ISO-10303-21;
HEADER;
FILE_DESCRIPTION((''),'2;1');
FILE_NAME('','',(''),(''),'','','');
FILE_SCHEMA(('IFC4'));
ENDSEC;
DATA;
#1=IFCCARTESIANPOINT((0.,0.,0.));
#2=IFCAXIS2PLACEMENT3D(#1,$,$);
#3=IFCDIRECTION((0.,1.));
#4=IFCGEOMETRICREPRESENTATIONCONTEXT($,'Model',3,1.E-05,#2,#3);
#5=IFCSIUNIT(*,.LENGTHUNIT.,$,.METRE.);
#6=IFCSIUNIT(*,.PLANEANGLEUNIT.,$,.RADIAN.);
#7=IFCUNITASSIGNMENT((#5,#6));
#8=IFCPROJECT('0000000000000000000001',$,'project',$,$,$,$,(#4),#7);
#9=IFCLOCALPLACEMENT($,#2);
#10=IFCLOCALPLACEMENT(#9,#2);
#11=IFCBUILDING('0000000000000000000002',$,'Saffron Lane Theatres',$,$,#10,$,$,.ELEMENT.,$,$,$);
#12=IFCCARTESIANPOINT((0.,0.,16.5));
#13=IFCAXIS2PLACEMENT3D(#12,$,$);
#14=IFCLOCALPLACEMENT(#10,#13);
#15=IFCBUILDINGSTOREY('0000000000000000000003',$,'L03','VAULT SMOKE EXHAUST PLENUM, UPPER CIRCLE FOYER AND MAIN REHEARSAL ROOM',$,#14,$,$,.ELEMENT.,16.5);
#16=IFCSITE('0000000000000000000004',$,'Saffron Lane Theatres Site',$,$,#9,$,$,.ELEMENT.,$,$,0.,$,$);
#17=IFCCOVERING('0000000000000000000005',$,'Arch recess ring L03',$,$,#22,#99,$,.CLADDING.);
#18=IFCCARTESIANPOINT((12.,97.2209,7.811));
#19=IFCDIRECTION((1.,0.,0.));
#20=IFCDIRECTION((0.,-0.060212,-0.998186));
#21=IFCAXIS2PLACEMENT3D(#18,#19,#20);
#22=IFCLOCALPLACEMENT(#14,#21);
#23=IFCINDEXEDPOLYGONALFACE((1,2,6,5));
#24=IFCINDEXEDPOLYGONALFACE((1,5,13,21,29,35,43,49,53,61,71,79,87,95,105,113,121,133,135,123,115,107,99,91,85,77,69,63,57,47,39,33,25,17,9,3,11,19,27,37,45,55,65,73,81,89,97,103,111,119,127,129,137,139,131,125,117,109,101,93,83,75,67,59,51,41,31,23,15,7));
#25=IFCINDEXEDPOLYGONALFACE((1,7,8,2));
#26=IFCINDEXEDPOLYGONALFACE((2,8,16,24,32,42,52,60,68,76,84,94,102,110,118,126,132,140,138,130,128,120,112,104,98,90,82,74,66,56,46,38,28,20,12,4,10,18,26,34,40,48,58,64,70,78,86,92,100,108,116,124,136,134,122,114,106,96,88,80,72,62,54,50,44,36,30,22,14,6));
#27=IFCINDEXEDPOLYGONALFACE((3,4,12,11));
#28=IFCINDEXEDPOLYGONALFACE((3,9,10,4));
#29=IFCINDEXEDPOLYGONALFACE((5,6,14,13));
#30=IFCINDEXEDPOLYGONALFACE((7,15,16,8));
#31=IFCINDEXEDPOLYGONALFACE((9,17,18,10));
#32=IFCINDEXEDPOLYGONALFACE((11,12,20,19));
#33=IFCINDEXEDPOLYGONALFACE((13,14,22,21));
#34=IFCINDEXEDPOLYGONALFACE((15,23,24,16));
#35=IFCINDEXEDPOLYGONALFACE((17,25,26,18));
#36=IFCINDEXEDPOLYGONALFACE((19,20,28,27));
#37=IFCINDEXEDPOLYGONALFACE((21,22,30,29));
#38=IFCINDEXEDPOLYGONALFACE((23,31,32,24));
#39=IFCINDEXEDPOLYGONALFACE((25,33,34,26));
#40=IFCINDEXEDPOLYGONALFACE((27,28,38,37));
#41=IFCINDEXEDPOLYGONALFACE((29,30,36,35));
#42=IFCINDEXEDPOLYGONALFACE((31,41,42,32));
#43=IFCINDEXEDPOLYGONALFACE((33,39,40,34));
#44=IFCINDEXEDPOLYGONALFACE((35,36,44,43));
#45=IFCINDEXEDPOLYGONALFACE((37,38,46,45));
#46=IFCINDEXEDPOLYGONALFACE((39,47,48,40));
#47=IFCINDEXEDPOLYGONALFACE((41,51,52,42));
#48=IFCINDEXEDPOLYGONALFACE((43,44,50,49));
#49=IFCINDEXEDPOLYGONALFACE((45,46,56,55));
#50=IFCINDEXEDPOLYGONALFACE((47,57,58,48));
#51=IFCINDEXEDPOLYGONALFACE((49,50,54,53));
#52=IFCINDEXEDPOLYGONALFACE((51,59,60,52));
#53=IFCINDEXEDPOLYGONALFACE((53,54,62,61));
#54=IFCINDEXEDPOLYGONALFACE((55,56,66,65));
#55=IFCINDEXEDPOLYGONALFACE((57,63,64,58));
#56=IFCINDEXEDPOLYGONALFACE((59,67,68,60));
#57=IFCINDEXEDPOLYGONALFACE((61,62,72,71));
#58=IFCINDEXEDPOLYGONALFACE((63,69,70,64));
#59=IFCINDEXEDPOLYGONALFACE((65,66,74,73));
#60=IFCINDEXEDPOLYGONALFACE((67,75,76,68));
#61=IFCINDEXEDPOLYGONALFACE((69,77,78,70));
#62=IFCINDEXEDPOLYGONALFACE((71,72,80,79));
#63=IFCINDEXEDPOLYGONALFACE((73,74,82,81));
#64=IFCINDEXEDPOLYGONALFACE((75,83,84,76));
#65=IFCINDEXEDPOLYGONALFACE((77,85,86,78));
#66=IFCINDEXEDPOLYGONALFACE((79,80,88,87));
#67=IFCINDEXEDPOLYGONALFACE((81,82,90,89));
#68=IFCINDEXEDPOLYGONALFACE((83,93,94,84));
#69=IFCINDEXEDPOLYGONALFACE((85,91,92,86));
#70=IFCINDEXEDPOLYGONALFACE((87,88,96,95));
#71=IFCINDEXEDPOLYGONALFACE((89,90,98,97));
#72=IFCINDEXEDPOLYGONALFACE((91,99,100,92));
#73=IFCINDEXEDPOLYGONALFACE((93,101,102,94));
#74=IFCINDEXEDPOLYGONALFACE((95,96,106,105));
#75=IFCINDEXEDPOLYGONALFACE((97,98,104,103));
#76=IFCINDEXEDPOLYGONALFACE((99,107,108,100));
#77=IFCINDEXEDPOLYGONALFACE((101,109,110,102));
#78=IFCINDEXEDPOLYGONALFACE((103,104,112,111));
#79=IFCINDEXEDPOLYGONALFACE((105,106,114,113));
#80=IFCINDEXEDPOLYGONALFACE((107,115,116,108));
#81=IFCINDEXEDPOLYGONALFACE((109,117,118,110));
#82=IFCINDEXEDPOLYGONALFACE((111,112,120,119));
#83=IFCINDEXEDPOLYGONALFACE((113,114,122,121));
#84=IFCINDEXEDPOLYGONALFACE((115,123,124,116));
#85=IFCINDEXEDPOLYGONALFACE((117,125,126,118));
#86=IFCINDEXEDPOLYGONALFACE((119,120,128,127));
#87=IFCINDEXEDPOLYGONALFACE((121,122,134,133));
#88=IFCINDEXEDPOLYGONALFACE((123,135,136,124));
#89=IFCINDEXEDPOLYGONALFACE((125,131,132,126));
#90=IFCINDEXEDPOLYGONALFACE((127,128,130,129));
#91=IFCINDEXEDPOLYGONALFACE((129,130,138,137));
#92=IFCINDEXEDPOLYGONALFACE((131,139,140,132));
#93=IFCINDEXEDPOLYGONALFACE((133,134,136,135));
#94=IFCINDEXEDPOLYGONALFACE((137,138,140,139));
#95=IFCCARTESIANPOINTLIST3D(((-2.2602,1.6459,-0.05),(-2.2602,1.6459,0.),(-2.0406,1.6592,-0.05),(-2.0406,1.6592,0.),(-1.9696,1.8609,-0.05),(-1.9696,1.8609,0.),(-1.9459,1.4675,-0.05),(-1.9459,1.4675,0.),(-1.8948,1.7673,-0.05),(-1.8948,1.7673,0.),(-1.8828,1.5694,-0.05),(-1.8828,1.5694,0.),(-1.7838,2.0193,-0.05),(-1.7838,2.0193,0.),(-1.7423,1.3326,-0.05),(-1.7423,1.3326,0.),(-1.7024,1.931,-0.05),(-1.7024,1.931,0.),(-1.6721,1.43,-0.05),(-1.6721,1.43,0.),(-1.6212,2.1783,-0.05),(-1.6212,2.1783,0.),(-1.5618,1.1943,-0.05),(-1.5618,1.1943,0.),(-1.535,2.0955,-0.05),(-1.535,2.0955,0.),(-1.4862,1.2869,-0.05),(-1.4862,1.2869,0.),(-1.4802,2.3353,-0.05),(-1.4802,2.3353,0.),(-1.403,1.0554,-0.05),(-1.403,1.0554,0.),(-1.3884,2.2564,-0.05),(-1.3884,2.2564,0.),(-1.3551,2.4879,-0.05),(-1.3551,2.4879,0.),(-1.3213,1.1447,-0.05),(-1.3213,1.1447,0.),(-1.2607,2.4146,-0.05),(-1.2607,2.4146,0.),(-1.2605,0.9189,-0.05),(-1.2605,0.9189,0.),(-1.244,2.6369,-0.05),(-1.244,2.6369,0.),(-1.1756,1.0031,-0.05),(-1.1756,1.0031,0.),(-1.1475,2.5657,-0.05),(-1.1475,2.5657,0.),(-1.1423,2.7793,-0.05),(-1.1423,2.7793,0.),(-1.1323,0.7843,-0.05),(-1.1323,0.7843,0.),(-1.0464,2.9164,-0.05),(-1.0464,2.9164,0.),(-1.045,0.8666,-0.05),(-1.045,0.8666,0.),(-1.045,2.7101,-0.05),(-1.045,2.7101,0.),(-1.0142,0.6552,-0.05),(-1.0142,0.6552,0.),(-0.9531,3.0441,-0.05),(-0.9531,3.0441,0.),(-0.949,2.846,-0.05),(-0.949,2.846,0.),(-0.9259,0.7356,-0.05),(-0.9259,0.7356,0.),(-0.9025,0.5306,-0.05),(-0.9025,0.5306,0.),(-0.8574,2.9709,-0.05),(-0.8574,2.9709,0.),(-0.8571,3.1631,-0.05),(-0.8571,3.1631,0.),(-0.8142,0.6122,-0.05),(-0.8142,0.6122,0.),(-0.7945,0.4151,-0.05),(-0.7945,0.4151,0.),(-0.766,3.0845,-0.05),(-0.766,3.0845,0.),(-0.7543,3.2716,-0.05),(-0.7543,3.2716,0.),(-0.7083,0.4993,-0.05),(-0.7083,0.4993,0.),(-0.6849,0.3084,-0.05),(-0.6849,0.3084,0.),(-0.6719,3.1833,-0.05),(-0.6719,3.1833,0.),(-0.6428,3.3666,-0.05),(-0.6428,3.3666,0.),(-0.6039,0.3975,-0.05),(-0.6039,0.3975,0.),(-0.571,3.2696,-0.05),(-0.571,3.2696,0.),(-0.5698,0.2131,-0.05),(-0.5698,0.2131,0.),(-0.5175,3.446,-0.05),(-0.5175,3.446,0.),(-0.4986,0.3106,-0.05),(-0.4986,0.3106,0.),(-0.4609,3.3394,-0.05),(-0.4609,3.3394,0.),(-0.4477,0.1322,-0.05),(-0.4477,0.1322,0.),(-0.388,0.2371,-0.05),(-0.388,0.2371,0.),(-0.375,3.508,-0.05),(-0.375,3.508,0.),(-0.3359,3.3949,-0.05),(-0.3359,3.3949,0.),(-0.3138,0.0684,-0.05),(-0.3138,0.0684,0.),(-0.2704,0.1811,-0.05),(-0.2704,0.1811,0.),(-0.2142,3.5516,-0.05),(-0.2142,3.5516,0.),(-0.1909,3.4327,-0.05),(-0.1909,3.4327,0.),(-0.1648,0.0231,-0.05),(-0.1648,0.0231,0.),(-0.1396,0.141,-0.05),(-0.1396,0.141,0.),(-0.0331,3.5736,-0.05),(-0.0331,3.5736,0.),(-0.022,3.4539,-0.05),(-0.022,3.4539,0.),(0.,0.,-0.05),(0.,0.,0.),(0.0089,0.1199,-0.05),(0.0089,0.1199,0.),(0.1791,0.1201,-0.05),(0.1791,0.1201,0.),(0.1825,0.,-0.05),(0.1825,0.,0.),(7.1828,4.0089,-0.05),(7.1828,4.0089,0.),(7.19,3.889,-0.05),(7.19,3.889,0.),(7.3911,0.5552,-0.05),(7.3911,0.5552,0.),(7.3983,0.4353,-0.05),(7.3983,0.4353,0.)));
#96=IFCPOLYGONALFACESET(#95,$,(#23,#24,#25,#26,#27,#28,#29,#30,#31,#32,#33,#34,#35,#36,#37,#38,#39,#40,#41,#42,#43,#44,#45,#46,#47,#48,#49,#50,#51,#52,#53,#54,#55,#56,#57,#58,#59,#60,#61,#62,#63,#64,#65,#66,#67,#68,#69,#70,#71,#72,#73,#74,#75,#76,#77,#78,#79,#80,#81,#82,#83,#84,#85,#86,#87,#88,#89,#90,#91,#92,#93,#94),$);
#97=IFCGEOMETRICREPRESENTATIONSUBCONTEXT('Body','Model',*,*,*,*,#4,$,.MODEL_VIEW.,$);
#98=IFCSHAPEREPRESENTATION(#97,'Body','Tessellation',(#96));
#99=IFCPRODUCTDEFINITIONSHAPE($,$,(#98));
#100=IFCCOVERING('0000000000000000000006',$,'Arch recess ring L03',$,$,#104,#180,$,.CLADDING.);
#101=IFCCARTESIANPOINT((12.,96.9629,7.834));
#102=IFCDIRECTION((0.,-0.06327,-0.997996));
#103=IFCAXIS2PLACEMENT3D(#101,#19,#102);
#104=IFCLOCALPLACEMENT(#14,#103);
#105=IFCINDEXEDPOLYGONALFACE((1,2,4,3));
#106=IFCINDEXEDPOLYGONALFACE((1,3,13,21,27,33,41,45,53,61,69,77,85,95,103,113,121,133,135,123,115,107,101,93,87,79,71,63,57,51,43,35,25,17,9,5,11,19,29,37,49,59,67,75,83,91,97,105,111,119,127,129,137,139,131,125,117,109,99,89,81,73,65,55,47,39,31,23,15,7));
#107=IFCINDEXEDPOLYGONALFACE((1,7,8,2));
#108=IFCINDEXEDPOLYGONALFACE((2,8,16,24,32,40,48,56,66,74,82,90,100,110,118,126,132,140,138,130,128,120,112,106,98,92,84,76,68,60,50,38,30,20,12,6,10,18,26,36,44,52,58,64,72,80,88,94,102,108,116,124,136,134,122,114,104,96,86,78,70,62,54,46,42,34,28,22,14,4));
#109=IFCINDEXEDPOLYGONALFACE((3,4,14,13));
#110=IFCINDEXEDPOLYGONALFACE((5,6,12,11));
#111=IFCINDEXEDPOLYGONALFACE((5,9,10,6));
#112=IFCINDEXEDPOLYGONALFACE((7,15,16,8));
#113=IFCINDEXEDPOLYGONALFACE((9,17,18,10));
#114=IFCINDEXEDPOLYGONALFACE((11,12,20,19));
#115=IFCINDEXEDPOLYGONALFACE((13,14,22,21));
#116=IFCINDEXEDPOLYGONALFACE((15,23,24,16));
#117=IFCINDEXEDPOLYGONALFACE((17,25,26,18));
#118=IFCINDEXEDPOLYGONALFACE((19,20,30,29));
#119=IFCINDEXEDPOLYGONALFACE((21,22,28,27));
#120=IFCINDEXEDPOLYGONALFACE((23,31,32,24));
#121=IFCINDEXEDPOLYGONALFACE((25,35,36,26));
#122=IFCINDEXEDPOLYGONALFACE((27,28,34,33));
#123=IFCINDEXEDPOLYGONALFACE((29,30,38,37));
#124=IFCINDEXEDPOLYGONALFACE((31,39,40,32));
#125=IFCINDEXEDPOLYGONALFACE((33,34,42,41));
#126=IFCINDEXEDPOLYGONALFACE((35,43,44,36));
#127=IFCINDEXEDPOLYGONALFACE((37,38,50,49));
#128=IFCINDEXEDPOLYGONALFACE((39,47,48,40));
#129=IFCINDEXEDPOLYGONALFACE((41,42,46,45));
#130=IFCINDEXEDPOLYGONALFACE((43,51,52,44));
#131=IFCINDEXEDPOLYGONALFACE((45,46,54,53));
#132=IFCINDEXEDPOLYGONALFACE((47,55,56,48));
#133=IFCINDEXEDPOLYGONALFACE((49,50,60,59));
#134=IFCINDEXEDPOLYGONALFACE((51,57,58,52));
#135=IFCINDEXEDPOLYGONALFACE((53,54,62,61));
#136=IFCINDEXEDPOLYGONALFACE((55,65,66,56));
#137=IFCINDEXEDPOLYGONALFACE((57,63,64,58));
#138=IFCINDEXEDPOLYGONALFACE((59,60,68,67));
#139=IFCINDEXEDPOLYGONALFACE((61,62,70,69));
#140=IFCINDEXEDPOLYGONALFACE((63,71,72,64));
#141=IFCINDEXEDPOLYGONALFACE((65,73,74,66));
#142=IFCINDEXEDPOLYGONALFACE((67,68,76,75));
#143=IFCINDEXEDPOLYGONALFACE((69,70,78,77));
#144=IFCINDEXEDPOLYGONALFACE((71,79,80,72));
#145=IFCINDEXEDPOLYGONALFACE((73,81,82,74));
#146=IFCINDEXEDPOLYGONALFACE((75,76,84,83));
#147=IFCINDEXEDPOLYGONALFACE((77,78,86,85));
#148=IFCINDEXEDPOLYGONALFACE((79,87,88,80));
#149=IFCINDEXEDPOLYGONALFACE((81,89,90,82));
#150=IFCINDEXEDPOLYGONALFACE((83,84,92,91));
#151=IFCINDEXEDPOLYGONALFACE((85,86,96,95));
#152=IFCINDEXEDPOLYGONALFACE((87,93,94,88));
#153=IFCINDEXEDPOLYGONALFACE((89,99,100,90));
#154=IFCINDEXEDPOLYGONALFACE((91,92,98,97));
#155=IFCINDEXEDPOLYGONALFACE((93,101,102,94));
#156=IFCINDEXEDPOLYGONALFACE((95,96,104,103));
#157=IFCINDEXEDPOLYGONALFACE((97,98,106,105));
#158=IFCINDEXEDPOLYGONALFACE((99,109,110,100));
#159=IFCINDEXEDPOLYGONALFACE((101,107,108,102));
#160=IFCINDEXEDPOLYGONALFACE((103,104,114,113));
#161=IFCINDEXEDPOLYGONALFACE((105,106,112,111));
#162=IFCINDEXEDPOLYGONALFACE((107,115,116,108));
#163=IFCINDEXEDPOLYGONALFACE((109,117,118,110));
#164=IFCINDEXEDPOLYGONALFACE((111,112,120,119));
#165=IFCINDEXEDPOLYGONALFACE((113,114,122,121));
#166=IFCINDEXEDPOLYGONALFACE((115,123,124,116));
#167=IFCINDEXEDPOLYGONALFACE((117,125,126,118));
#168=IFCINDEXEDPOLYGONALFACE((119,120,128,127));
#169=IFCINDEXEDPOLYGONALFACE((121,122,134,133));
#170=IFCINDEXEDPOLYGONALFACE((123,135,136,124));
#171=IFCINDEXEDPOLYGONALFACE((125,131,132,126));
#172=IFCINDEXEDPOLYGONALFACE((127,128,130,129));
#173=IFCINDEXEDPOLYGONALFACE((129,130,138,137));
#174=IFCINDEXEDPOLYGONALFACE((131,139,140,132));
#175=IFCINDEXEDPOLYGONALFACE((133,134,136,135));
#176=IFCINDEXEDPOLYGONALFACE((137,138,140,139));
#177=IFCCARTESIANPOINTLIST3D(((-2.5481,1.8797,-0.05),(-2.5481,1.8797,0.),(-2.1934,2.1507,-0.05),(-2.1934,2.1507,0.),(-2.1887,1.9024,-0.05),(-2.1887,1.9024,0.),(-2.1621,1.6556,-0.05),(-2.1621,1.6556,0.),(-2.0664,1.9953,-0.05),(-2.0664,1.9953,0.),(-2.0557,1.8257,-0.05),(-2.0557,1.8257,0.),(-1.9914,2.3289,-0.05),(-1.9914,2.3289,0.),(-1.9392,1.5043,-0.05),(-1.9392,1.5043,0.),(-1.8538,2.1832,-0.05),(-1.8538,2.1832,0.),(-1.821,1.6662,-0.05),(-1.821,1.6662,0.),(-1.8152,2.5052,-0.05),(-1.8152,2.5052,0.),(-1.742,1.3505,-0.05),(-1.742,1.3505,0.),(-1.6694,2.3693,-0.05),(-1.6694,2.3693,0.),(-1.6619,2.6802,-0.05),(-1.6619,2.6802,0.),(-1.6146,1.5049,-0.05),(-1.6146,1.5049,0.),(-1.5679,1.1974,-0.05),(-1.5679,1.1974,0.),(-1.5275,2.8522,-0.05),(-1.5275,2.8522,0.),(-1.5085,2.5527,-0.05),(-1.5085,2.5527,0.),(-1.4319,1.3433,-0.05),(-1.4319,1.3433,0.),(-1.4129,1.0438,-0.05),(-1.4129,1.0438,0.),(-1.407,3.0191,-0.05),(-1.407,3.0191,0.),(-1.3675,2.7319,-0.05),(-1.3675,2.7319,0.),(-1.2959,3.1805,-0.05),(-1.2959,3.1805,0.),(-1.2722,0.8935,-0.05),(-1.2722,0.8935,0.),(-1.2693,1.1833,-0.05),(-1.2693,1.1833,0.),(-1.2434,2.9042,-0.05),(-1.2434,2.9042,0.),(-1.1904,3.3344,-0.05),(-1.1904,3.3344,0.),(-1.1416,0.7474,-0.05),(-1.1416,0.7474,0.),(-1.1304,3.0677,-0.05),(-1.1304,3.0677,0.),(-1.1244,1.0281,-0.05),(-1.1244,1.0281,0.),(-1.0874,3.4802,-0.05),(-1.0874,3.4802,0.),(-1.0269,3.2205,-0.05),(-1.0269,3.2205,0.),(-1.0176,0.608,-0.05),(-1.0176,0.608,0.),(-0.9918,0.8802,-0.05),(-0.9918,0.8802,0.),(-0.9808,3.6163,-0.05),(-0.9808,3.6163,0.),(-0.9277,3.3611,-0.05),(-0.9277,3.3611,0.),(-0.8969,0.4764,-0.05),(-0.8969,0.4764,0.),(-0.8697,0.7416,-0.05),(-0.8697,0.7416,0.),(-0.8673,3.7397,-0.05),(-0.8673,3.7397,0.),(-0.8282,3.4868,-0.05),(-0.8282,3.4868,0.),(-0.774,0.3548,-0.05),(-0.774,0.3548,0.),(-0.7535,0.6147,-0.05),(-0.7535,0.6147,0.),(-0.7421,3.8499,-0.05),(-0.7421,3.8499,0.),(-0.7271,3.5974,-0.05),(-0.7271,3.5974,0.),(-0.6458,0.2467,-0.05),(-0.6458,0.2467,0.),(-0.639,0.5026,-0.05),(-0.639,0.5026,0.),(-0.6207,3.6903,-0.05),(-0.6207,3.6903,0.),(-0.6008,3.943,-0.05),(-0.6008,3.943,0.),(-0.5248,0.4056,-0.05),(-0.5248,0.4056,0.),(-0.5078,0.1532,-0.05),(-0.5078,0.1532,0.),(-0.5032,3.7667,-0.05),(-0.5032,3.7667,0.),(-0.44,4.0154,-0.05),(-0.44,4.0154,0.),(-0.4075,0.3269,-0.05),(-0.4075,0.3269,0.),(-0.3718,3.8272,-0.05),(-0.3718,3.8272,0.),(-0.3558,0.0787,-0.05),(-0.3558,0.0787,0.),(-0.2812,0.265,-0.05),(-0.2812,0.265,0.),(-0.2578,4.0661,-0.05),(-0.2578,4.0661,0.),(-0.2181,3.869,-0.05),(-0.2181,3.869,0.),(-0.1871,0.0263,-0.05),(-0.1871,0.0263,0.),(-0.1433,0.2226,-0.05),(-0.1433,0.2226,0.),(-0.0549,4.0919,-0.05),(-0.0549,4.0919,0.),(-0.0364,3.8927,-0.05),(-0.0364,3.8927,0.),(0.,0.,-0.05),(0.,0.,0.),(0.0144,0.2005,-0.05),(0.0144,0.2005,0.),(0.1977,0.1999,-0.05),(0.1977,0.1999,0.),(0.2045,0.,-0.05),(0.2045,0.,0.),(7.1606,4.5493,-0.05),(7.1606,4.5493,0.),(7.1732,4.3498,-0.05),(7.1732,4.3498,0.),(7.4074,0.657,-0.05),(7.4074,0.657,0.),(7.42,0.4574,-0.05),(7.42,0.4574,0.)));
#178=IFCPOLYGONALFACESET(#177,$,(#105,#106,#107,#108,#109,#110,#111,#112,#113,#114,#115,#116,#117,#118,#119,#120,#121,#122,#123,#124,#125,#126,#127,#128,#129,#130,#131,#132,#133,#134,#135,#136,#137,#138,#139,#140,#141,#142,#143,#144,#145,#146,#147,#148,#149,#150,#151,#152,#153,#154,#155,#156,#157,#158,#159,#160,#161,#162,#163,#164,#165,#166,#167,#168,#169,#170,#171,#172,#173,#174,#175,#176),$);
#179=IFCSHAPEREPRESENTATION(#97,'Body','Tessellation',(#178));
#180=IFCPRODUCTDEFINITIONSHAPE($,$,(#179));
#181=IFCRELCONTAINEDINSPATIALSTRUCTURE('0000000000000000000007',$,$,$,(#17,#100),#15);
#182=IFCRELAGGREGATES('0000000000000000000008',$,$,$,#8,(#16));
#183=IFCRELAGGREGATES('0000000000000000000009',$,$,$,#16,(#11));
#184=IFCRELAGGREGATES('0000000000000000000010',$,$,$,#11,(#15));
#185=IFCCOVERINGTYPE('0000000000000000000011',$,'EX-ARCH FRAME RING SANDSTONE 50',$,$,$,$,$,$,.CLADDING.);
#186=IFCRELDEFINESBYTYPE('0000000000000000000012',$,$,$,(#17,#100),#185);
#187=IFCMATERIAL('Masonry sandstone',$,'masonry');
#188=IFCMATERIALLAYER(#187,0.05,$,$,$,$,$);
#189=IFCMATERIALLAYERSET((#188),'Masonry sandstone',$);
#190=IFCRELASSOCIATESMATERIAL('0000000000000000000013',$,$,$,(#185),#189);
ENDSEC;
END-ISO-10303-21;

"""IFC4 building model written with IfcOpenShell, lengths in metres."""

from ifc_helpers import new_model, si_unit, direction, frame, origin, place, context, subcontext, project, spatial, polyline, outline, extrude, material, layer, layer_set, type_object, element, save


model = new_model("IFC4")

# Units and contexts
model_context = context("Model", 3, precision=1e-05, world=origin(), true_north=direction((0.0, 1.0)))
body_context = subcontext(model_context, "Body", "Model", "MODEL_VIEW")
ifc_project = project(units=[si_unit("LENGTHUNIT", "METRE"), si_unit("PLANEANGLEUNIT", "RADIAN")], contexts=[model_context])

# Site, building, storey
site_placement = place(None, origin())
site = spatial("IfcSite", under=ifc_project, at=site_placement, Name="Saffron Lane Theatres Site", CompositionType="ELEMENT", RefElevation=0.0)
building_placement = place(site_placement, origin())
building = spatial("IfcBuilding", under=site, at=building_placement, Name="Saffron Lane Theatres", CompositionType="ELEMENT")
storey_placement = place(building_placement, frame((0.0, 0.0, 16.5)))
storey = spatial("IfcBuildingStorey", under=building, at=storey_placement, Name="L03", Description="VAULT SMOKE EXHAUST PLENUM, UPPER CIRCLE FOYER AND MAIN REHEARSAL ROOM", CompositionType="ELEMENT", Elevation=16.5)

# Coverings
ifc_material_1 = material(Name="Masonry sandstone", Category="masonry")
ifc_layer_1 = layer(ifc_material_1, 0.05)
ifc_layer_set_1 = layer_set([ifc_layer_1], Name="Masonry sandstone")
covering_type_1 = type_object("IfcCoveringType", Name="EX-ARCH FRAME RING SANDSTONE 50", PredefinedType="CLADDING", material=ifc_layer_set_1)
covering_1_placement = place(storey_placement, frame((12.0, 97.2209, 7.811), z_axis=(1.0, 0.0, 0.0), x_axis=(0.0, -0.060212, -0.998186)))
element("IfcCovering", 1, at=covering_1_placement, inside=storey, type_object=covering_type_1, Name="Arch recess ring L03", PredefinedType="CLADDING", context=body_context, shape_type="SweptSolid", body=[
    extrude(outline(polyline([(0.0, 0.0), (0.1825, 0.0), (7.3983, 0.4353), (7.3911, 0.5552), (0.1791, 0.1201), (0.0089, 0.1199), (-0.1396, 0.141), (-0.2704, 0.1811), (-0.388, 0.2371), (-0.4986, 0.3106), (-0.6039, 0.3975), (-0.7083, 0.4993), (-0.8142, 0.6122), (-0.9259, 0.7356), (-1.045, 0.8666), (-1.1756, 1.0031), (-1.3213, 1.1447), (-1.4862, 1.2869), (-1.6721, 1.43), (-1.8828, 1.5694), (-2.0406, 1.6592), (-1.8948, 1.7673), (-1.7024, 1.931), (-1.535, 2.0955), (-1.3884, 2.2564), (-1.2607, 2.4146), (-1.1475, 2.5657), (-1.045, 2.7101), (-0.949, 2.846), (-0.8574, 2.9709), (-0.766, 3.0845), (-0.6719, 3.1833), (-0.571, 3.2696), (-0.4609, 3.3394), (-0.3359, 3.3949), (-0.1909, 3.4327), (-0.022, 3.4539), (7.19, 3.889), (7.1828, 4.0089), (-0.0331, 3.5736), (-0.2142, 3.5516), (-0.375, 3.508), (-0.5175, 3.446), (-0.6428, 3.3666), (-0.7543, 3.2716), (-0.8571, 3.1631), (-0.9531, 3.0441), (-1.0464, 2.9164), (-1.1423, 2.7793), (-1.244, 2.6369), (-1.3551, 2.4879), (-1.4802, 2.3353), (-1.6212, 2.1783), (-1.7838, 2.0193), (-1.9696, 1.8609), (-2.2602, 1.6459), (-1.9459, 1.4675), (-1.7423, 1.3326), (-1.5618, 1.1943), (-1.403, 1.0554), (-1.2605, 0.9189), (-1.1323, 0.7843), (-1.0142, 0.6552), (-0.9025, 0.5306), (-0.7945, 0.4151), (-0.6849, 0.3084), (-0.5698, 0.2131), (-0.4477, 0.1322), (-0.3138, 0.0684), (-0.1648, 0.0231), (0.0, 0.0)])), origin(), (0.0, 0.0, -1.0), 0.05),
])
covering_2_placement = place(storey_placement, frame((12.0, 96.9629, 7.834), z_axis=(1.0, 0.0, 0.0), x_axis=(0.0, -0.06327, -0.997996)))
element("IfcCovering", 2, at=covering_2_placement, inside=storey, type_object=covering_type_1, Name="Arch recess ring L03", PredefinedType="CLADDING", context=body_context, shape_type="SweptSolid", body=[
    extrude(outline(polyline([(0.0, 0.0), (0.2045, 0.0), (7.42, 0.4574), (7.4074, 0.657), (0.1977, 0.1999), (0.0144, 0.2005), (-0.1433, 0.2226), (-0.2812, 0.265), (-0.4075, 0.3269), (-0.5248, 0.4056), (-0.639, 0.5026), (-0.7535, 0.6147), (-0.8697, 0.7416), (-0.9918, 0.8802), (-1.1244, 1.0281), (-1.2693, 1.1833), (-1.4319, 1.3433), (-1.6146, 1.5049), (-1.821, 1.6662), (-2.0557, 1.8257), (-2.1887, 1.9024), (-2.0664, 1.9953), (-1.8538, 2.1832), (-1.6694, 2.3693), (-1.5085, 2.5527), (-1.3675, 2.7319), (-1.2434, 2.9042), (-1.1304, 3.0677), (-1.0269, 3.2205), (-0.9277, 3.3611), (-0.8282, 3.4868), (-0.7271, 3.5974), (-0.6207, 3.6903), (-0.5032, 3.7667), (-0.3718, 3.8272), (-0.2181, 3.869), (-0.0364, 3.8927), (7.1732, 4.3498), (7.1606, 4.5493), (-0.0549, 4.0919), (-0.2578, 4.0661), (-0.44, 4.0154), (-0.6008, 3.943), (-0.7421, 3.8499), (-0.8673, 3.7397), (-0.9808, 3.6163), (-1.0874, 3.4802), (-1.1904, 3.3344), (-1.2959, 3.1805), (-1.407, 3.0191), (-1.5275, 2.8522), (-1.6619, 2.6802), (-1.8152, 2.5052), (-1.9914, 2.3289), (-2.1934, 2.1507), (-2.5481, 1.8797), (-2.1621, 1.6556), (-1.9392, 1.5043), (-1.742, 1.3505), (-1.5679, 1.1974), (-1.4129, 1.0438), (-1.2722, 0.8935), (-1.1416, 0.7474), (-1.0176, 0.608), (-0.8969, 0.4764), (-0.774, 0.3548), (-0.6458, 0.2467), (-0.5078, 0.1532), (-0.3558, 0.0787), (-0.1871, 0.0263), (0.0, 0.0)])), origin(), (0.0, 0.0, -1.0), 0.05),
])

save(model, "model.ifc")
